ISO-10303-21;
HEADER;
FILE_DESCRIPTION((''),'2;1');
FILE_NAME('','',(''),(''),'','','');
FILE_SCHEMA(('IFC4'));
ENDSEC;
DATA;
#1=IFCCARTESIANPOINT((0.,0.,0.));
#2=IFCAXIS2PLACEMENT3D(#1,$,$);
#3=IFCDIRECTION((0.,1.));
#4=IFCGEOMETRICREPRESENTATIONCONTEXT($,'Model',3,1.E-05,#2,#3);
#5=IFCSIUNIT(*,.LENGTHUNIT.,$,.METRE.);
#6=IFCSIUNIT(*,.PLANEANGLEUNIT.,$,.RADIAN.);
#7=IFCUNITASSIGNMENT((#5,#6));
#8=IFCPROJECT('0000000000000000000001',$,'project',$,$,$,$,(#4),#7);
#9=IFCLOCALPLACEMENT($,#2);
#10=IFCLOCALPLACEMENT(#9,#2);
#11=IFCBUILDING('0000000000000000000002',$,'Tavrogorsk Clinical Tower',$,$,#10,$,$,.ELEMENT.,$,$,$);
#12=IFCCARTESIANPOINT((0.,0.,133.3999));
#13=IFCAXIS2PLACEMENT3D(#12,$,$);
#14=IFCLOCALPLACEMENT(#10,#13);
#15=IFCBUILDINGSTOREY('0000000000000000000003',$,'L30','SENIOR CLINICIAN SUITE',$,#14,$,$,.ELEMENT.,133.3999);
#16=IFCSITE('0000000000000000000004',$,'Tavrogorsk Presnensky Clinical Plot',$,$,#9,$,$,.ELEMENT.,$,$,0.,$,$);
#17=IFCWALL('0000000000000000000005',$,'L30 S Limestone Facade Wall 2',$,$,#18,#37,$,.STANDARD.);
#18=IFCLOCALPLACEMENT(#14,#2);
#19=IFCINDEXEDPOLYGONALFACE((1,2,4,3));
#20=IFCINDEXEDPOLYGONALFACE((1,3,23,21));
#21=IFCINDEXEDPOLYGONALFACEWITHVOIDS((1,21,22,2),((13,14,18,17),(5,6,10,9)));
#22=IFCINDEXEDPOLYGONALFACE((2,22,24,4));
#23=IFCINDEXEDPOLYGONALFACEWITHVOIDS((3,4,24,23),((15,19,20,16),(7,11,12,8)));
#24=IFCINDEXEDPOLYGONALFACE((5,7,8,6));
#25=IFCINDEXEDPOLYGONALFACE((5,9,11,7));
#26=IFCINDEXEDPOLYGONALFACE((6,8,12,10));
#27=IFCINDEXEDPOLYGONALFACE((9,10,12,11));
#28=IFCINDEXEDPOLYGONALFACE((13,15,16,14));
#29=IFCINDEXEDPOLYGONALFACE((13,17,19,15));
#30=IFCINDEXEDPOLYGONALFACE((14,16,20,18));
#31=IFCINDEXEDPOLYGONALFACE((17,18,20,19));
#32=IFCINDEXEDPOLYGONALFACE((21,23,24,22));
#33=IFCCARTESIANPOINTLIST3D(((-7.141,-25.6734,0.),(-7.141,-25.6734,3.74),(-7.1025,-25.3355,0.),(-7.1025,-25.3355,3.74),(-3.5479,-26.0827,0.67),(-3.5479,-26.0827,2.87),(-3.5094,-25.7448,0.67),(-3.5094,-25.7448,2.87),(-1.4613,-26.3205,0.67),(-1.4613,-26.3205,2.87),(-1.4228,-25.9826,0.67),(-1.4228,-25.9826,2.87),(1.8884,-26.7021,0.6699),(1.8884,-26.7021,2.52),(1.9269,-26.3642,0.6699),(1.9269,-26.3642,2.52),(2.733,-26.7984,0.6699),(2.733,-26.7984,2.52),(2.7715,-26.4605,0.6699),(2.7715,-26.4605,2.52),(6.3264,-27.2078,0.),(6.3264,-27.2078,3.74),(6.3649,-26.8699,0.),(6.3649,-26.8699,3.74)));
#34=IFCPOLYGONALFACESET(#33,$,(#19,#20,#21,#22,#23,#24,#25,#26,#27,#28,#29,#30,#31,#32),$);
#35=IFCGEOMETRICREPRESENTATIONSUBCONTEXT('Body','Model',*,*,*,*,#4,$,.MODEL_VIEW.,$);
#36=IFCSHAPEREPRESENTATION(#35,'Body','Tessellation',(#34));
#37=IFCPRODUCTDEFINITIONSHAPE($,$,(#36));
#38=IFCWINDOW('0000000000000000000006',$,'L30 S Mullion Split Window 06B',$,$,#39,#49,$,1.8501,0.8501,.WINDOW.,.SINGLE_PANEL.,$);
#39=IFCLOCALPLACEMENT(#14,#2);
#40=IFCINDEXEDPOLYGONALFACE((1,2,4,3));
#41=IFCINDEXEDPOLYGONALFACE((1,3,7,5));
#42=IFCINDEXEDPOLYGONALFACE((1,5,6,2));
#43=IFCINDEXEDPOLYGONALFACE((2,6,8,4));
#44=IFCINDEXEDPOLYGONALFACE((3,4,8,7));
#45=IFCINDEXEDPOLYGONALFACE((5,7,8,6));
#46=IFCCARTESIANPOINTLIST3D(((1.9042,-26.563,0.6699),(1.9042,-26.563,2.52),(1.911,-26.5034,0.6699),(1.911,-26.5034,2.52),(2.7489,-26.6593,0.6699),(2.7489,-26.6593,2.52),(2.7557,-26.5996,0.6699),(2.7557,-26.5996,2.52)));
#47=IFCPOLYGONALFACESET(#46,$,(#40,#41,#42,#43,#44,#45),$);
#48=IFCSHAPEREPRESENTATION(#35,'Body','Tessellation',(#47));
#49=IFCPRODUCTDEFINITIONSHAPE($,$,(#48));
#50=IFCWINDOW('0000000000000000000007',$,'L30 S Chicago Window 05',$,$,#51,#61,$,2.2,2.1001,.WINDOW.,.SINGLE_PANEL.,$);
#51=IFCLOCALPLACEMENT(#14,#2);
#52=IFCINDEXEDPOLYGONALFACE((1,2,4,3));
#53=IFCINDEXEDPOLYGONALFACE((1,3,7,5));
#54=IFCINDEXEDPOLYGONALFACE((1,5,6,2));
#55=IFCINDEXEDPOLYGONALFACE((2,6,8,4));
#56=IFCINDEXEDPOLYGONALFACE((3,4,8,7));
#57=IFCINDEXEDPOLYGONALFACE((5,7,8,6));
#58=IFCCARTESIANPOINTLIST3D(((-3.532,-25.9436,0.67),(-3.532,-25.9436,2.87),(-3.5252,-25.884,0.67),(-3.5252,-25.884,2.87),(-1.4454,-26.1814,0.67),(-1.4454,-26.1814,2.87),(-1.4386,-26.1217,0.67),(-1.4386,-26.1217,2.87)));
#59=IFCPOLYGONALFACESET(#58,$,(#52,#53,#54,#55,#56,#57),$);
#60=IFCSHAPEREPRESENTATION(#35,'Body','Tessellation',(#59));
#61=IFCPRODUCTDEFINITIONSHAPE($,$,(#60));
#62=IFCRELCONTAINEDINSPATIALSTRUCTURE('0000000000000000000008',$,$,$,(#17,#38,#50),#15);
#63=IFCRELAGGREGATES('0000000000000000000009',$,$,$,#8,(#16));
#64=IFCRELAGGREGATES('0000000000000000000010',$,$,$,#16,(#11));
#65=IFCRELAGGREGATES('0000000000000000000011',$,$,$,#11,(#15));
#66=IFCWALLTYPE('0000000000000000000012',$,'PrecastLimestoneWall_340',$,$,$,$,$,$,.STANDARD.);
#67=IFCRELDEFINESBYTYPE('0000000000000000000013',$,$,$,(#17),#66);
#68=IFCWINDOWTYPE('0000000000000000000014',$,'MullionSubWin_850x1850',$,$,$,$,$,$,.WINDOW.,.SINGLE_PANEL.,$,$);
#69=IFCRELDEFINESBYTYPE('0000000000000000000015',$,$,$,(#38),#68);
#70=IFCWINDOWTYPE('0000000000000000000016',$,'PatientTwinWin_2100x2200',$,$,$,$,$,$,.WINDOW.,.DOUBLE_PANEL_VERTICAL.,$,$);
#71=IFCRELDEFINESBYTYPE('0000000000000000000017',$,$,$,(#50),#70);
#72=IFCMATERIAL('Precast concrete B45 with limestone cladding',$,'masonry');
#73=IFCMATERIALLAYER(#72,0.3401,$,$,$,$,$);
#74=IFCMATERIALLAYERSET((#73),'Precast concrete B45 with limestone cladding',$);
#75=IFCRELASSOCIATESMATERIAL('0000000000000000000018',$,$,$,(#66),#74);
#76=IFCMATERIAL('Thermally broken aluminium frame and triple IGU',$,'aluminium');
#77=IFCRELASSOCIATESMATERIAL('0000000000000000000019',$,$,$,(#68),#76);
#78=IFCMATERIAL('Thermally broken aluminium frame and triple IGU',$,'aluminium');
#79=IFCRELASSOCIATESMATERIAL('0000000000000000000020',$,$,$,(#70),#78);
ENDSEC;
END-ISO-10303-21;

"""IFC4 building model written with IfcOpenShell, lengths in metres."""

from ifc_helpers import new_model, si_unit, direction, frame, frame_2d, origin, place, context, subcontext, project, spatial, rectangle, extrude, material, layer, layer_set, type_object, element, fill, save


model = new_model("IFC4")

# Units and contexts
model_context = context("Model", 3, precision=1e-05, world=origin(), true_north=direction((0.0, 1.0)))
body_context = subcontext(model_context, "Body", "Model", "MODEL_VIEW")
ifc_project = project(units=[si_unit("LENGTHUNIT", "METRE"), si_unit("PLANEANGLEUNIT", "RADIAN")], contexts=[model_context])

# Site, building, storey
site_placement = place(None, origin())
site = spatial("IfcSite", under=ifc_project, at=site_placement, Name="Tavrogorsk Presnensky Clinical Plot", CompositionType="ELEMENT", RefElevation=0.0)
building_placement = place(site_placement, origin())
building = spatial("IfcBuilding", under=site, at=building_placement, Name="Tavrogorsk Clinical Tower", CompositionType="ELEMENT")
storey_placement = place(building_placement, frame((0.0, 0.0, 133.3999)))
storey = spatial("IfcBuildingStorey", under=building, at=storey_placement, Name="L30", Description="SENIOR CLINICIAN SUITE", CompositionType="ELEMENT", Elevation=133.3999)

# Wall, openings, windows
ifc_material_1 = material(Name="Precast concrete B45 with limestone cladding", Category="masonry")
ifc_layer_1 = layer(ifc_material_1, 0.3401)
ifc_layer_set_1 = layer_set([ifc_layer_1], Name="Precast concrete B45 with limestone cladding")
wall_type_1 = type_object("IfcWallType", Name="PrecastLimestoneWall_340", PredefinedType="STANDARD", material=ifc_layer_set_1)
wall_1_placement = place(storey_placement, frame((-7.1218, -25.5044, 0.0), z_axis=(0.0, 0.0, 1.0), x_axis=(0.993572, -0.113205, 0.0)))
wall_1 = element("IfcWall", 1, at=wall_1_placement, inside=storey, type_object=wall_type_1, Name="L30 S Limestone Facade Wall 2", PredefinedType="STANDARD", context=body_context, shape_type="SweptSolid", body=[
    extrude(rectangle(XDim=13.5544, YDim=0.3401, at=frame_2d((6.7773, 0.0))), origin(), (0.0, 0.0, 1.0), 3.74),
])
opening_1_placement = place(wall_1_placement, frame((3.6165, 0.0, 0.6699)))
opening_1 = element("IfcOpeningElement", 2, at=opening_1_placement, cuts=wall_1, PredefinedType="OPENING", context=body_context, shape_type="SweptSolid", body=[
    extrude(rectangle(XDim=2.1001, YDim=2.2, at=frame_2d((1.05, 1.1001))), frame((0.0, 0.1799, 0.0), z_axis=(0.0, -1.0, 0.0), x_axis=(1.0, 0.0, 0.0)), (0.0, 0.0, 1.0), 0.3601),
])
opening_2_placement = place(wall_1_placement, frame((9.0879, 0.0, 0.6699)))
opening_2 = element("IfcOpeningElement", 3, at=opening_2_placement, cuts=wall_1, PredefinedType="OPENING", context=body_context, shape_type="SweptSolid", body=[
    extrude(rectangle(XDim=0.8501, YDim=1.8501, at=frame_2d((0.425, 0.925))), frame((0.0, 0.1799, 0.0), z_axis=(0.0, -1.0, 0.0), x_axis=(1.0, 0.0, 0.0)), (0.0, 0.0, 1.0), 0.3601),
])
ifc_material_2 = material(Name="Thermally broken aluminium frame and triple IGU", Category="aluminium")
window_type_1 = type_object("IfcWindowType", Name="MullionSubWin_850x1850", PartitioningType="SINGLE_PANEL", PredefinedType="WINDOW", material=ifc_material_2)
window_1_placement = place(opening_2_placement, origin())
window_1 = element("IfcWindow", 4, at=window_1_placement, inside=storey, type_object=window_type_1, Name="L30 S Mullion Split Window 06B", OverallHeight=1.8501, OverallWidth=0.8501, PartitioningType="SINGLE_PANEL", PredefinedType="WINDOW", context=body_context, shape_type="SweptSolid", body=[
    extrude(rectangle(XDim=0.8501, YDim=1.8501, at=frame_2d((0.425, 0.925))), frame((0.0, 0.03, 0.0), z_axis=(0.0, -1.0, 0.0), x_axis=(1.0, 0.0, 0.0)), (0.0, 0.0, 1.0), 0.0601),
])
fill(opening_2, window_1)
ifc_material_3 = material(Name="Thermally broken aluminium frame and triple IGU", Category="aluminium")
window_type_2 = type_object("IfcWindowType", Name="PatientTwinWin_2100x2200", PartitioningType="DOUBLE_PANEL_VERTICAL", PredefinedType="WINDOW", material=ifc_material_3)
window_2_placement = place(opening_1_placement, origin())
window_2 = element("IfcWindow", 5, at=window_2_placement, inside=storey, type_object=window_type_2, Name="L30 S Chicago Window 05", OverallHeight=2.2, OverallWidth=2.1001, PartitioningType="SINGLE_PANEL", PredefinedType="WINDOW", context=body_context, shape_type="SweptSolid", body=[
    extrude(rectangle(XDim=2.1001, YDim=2.2, at=frame_2d((1.05, 1.1001))), frame((0.0, 0.03, 0.0), z_axis=(0.0, -1.0, 0.0), x_axis=(1.0, 0.0, 0.0)), (0.0, 0.0, 1.0), 0.0601),
])
fill(opening_1, window_2)

save(model, "model.ifc")
